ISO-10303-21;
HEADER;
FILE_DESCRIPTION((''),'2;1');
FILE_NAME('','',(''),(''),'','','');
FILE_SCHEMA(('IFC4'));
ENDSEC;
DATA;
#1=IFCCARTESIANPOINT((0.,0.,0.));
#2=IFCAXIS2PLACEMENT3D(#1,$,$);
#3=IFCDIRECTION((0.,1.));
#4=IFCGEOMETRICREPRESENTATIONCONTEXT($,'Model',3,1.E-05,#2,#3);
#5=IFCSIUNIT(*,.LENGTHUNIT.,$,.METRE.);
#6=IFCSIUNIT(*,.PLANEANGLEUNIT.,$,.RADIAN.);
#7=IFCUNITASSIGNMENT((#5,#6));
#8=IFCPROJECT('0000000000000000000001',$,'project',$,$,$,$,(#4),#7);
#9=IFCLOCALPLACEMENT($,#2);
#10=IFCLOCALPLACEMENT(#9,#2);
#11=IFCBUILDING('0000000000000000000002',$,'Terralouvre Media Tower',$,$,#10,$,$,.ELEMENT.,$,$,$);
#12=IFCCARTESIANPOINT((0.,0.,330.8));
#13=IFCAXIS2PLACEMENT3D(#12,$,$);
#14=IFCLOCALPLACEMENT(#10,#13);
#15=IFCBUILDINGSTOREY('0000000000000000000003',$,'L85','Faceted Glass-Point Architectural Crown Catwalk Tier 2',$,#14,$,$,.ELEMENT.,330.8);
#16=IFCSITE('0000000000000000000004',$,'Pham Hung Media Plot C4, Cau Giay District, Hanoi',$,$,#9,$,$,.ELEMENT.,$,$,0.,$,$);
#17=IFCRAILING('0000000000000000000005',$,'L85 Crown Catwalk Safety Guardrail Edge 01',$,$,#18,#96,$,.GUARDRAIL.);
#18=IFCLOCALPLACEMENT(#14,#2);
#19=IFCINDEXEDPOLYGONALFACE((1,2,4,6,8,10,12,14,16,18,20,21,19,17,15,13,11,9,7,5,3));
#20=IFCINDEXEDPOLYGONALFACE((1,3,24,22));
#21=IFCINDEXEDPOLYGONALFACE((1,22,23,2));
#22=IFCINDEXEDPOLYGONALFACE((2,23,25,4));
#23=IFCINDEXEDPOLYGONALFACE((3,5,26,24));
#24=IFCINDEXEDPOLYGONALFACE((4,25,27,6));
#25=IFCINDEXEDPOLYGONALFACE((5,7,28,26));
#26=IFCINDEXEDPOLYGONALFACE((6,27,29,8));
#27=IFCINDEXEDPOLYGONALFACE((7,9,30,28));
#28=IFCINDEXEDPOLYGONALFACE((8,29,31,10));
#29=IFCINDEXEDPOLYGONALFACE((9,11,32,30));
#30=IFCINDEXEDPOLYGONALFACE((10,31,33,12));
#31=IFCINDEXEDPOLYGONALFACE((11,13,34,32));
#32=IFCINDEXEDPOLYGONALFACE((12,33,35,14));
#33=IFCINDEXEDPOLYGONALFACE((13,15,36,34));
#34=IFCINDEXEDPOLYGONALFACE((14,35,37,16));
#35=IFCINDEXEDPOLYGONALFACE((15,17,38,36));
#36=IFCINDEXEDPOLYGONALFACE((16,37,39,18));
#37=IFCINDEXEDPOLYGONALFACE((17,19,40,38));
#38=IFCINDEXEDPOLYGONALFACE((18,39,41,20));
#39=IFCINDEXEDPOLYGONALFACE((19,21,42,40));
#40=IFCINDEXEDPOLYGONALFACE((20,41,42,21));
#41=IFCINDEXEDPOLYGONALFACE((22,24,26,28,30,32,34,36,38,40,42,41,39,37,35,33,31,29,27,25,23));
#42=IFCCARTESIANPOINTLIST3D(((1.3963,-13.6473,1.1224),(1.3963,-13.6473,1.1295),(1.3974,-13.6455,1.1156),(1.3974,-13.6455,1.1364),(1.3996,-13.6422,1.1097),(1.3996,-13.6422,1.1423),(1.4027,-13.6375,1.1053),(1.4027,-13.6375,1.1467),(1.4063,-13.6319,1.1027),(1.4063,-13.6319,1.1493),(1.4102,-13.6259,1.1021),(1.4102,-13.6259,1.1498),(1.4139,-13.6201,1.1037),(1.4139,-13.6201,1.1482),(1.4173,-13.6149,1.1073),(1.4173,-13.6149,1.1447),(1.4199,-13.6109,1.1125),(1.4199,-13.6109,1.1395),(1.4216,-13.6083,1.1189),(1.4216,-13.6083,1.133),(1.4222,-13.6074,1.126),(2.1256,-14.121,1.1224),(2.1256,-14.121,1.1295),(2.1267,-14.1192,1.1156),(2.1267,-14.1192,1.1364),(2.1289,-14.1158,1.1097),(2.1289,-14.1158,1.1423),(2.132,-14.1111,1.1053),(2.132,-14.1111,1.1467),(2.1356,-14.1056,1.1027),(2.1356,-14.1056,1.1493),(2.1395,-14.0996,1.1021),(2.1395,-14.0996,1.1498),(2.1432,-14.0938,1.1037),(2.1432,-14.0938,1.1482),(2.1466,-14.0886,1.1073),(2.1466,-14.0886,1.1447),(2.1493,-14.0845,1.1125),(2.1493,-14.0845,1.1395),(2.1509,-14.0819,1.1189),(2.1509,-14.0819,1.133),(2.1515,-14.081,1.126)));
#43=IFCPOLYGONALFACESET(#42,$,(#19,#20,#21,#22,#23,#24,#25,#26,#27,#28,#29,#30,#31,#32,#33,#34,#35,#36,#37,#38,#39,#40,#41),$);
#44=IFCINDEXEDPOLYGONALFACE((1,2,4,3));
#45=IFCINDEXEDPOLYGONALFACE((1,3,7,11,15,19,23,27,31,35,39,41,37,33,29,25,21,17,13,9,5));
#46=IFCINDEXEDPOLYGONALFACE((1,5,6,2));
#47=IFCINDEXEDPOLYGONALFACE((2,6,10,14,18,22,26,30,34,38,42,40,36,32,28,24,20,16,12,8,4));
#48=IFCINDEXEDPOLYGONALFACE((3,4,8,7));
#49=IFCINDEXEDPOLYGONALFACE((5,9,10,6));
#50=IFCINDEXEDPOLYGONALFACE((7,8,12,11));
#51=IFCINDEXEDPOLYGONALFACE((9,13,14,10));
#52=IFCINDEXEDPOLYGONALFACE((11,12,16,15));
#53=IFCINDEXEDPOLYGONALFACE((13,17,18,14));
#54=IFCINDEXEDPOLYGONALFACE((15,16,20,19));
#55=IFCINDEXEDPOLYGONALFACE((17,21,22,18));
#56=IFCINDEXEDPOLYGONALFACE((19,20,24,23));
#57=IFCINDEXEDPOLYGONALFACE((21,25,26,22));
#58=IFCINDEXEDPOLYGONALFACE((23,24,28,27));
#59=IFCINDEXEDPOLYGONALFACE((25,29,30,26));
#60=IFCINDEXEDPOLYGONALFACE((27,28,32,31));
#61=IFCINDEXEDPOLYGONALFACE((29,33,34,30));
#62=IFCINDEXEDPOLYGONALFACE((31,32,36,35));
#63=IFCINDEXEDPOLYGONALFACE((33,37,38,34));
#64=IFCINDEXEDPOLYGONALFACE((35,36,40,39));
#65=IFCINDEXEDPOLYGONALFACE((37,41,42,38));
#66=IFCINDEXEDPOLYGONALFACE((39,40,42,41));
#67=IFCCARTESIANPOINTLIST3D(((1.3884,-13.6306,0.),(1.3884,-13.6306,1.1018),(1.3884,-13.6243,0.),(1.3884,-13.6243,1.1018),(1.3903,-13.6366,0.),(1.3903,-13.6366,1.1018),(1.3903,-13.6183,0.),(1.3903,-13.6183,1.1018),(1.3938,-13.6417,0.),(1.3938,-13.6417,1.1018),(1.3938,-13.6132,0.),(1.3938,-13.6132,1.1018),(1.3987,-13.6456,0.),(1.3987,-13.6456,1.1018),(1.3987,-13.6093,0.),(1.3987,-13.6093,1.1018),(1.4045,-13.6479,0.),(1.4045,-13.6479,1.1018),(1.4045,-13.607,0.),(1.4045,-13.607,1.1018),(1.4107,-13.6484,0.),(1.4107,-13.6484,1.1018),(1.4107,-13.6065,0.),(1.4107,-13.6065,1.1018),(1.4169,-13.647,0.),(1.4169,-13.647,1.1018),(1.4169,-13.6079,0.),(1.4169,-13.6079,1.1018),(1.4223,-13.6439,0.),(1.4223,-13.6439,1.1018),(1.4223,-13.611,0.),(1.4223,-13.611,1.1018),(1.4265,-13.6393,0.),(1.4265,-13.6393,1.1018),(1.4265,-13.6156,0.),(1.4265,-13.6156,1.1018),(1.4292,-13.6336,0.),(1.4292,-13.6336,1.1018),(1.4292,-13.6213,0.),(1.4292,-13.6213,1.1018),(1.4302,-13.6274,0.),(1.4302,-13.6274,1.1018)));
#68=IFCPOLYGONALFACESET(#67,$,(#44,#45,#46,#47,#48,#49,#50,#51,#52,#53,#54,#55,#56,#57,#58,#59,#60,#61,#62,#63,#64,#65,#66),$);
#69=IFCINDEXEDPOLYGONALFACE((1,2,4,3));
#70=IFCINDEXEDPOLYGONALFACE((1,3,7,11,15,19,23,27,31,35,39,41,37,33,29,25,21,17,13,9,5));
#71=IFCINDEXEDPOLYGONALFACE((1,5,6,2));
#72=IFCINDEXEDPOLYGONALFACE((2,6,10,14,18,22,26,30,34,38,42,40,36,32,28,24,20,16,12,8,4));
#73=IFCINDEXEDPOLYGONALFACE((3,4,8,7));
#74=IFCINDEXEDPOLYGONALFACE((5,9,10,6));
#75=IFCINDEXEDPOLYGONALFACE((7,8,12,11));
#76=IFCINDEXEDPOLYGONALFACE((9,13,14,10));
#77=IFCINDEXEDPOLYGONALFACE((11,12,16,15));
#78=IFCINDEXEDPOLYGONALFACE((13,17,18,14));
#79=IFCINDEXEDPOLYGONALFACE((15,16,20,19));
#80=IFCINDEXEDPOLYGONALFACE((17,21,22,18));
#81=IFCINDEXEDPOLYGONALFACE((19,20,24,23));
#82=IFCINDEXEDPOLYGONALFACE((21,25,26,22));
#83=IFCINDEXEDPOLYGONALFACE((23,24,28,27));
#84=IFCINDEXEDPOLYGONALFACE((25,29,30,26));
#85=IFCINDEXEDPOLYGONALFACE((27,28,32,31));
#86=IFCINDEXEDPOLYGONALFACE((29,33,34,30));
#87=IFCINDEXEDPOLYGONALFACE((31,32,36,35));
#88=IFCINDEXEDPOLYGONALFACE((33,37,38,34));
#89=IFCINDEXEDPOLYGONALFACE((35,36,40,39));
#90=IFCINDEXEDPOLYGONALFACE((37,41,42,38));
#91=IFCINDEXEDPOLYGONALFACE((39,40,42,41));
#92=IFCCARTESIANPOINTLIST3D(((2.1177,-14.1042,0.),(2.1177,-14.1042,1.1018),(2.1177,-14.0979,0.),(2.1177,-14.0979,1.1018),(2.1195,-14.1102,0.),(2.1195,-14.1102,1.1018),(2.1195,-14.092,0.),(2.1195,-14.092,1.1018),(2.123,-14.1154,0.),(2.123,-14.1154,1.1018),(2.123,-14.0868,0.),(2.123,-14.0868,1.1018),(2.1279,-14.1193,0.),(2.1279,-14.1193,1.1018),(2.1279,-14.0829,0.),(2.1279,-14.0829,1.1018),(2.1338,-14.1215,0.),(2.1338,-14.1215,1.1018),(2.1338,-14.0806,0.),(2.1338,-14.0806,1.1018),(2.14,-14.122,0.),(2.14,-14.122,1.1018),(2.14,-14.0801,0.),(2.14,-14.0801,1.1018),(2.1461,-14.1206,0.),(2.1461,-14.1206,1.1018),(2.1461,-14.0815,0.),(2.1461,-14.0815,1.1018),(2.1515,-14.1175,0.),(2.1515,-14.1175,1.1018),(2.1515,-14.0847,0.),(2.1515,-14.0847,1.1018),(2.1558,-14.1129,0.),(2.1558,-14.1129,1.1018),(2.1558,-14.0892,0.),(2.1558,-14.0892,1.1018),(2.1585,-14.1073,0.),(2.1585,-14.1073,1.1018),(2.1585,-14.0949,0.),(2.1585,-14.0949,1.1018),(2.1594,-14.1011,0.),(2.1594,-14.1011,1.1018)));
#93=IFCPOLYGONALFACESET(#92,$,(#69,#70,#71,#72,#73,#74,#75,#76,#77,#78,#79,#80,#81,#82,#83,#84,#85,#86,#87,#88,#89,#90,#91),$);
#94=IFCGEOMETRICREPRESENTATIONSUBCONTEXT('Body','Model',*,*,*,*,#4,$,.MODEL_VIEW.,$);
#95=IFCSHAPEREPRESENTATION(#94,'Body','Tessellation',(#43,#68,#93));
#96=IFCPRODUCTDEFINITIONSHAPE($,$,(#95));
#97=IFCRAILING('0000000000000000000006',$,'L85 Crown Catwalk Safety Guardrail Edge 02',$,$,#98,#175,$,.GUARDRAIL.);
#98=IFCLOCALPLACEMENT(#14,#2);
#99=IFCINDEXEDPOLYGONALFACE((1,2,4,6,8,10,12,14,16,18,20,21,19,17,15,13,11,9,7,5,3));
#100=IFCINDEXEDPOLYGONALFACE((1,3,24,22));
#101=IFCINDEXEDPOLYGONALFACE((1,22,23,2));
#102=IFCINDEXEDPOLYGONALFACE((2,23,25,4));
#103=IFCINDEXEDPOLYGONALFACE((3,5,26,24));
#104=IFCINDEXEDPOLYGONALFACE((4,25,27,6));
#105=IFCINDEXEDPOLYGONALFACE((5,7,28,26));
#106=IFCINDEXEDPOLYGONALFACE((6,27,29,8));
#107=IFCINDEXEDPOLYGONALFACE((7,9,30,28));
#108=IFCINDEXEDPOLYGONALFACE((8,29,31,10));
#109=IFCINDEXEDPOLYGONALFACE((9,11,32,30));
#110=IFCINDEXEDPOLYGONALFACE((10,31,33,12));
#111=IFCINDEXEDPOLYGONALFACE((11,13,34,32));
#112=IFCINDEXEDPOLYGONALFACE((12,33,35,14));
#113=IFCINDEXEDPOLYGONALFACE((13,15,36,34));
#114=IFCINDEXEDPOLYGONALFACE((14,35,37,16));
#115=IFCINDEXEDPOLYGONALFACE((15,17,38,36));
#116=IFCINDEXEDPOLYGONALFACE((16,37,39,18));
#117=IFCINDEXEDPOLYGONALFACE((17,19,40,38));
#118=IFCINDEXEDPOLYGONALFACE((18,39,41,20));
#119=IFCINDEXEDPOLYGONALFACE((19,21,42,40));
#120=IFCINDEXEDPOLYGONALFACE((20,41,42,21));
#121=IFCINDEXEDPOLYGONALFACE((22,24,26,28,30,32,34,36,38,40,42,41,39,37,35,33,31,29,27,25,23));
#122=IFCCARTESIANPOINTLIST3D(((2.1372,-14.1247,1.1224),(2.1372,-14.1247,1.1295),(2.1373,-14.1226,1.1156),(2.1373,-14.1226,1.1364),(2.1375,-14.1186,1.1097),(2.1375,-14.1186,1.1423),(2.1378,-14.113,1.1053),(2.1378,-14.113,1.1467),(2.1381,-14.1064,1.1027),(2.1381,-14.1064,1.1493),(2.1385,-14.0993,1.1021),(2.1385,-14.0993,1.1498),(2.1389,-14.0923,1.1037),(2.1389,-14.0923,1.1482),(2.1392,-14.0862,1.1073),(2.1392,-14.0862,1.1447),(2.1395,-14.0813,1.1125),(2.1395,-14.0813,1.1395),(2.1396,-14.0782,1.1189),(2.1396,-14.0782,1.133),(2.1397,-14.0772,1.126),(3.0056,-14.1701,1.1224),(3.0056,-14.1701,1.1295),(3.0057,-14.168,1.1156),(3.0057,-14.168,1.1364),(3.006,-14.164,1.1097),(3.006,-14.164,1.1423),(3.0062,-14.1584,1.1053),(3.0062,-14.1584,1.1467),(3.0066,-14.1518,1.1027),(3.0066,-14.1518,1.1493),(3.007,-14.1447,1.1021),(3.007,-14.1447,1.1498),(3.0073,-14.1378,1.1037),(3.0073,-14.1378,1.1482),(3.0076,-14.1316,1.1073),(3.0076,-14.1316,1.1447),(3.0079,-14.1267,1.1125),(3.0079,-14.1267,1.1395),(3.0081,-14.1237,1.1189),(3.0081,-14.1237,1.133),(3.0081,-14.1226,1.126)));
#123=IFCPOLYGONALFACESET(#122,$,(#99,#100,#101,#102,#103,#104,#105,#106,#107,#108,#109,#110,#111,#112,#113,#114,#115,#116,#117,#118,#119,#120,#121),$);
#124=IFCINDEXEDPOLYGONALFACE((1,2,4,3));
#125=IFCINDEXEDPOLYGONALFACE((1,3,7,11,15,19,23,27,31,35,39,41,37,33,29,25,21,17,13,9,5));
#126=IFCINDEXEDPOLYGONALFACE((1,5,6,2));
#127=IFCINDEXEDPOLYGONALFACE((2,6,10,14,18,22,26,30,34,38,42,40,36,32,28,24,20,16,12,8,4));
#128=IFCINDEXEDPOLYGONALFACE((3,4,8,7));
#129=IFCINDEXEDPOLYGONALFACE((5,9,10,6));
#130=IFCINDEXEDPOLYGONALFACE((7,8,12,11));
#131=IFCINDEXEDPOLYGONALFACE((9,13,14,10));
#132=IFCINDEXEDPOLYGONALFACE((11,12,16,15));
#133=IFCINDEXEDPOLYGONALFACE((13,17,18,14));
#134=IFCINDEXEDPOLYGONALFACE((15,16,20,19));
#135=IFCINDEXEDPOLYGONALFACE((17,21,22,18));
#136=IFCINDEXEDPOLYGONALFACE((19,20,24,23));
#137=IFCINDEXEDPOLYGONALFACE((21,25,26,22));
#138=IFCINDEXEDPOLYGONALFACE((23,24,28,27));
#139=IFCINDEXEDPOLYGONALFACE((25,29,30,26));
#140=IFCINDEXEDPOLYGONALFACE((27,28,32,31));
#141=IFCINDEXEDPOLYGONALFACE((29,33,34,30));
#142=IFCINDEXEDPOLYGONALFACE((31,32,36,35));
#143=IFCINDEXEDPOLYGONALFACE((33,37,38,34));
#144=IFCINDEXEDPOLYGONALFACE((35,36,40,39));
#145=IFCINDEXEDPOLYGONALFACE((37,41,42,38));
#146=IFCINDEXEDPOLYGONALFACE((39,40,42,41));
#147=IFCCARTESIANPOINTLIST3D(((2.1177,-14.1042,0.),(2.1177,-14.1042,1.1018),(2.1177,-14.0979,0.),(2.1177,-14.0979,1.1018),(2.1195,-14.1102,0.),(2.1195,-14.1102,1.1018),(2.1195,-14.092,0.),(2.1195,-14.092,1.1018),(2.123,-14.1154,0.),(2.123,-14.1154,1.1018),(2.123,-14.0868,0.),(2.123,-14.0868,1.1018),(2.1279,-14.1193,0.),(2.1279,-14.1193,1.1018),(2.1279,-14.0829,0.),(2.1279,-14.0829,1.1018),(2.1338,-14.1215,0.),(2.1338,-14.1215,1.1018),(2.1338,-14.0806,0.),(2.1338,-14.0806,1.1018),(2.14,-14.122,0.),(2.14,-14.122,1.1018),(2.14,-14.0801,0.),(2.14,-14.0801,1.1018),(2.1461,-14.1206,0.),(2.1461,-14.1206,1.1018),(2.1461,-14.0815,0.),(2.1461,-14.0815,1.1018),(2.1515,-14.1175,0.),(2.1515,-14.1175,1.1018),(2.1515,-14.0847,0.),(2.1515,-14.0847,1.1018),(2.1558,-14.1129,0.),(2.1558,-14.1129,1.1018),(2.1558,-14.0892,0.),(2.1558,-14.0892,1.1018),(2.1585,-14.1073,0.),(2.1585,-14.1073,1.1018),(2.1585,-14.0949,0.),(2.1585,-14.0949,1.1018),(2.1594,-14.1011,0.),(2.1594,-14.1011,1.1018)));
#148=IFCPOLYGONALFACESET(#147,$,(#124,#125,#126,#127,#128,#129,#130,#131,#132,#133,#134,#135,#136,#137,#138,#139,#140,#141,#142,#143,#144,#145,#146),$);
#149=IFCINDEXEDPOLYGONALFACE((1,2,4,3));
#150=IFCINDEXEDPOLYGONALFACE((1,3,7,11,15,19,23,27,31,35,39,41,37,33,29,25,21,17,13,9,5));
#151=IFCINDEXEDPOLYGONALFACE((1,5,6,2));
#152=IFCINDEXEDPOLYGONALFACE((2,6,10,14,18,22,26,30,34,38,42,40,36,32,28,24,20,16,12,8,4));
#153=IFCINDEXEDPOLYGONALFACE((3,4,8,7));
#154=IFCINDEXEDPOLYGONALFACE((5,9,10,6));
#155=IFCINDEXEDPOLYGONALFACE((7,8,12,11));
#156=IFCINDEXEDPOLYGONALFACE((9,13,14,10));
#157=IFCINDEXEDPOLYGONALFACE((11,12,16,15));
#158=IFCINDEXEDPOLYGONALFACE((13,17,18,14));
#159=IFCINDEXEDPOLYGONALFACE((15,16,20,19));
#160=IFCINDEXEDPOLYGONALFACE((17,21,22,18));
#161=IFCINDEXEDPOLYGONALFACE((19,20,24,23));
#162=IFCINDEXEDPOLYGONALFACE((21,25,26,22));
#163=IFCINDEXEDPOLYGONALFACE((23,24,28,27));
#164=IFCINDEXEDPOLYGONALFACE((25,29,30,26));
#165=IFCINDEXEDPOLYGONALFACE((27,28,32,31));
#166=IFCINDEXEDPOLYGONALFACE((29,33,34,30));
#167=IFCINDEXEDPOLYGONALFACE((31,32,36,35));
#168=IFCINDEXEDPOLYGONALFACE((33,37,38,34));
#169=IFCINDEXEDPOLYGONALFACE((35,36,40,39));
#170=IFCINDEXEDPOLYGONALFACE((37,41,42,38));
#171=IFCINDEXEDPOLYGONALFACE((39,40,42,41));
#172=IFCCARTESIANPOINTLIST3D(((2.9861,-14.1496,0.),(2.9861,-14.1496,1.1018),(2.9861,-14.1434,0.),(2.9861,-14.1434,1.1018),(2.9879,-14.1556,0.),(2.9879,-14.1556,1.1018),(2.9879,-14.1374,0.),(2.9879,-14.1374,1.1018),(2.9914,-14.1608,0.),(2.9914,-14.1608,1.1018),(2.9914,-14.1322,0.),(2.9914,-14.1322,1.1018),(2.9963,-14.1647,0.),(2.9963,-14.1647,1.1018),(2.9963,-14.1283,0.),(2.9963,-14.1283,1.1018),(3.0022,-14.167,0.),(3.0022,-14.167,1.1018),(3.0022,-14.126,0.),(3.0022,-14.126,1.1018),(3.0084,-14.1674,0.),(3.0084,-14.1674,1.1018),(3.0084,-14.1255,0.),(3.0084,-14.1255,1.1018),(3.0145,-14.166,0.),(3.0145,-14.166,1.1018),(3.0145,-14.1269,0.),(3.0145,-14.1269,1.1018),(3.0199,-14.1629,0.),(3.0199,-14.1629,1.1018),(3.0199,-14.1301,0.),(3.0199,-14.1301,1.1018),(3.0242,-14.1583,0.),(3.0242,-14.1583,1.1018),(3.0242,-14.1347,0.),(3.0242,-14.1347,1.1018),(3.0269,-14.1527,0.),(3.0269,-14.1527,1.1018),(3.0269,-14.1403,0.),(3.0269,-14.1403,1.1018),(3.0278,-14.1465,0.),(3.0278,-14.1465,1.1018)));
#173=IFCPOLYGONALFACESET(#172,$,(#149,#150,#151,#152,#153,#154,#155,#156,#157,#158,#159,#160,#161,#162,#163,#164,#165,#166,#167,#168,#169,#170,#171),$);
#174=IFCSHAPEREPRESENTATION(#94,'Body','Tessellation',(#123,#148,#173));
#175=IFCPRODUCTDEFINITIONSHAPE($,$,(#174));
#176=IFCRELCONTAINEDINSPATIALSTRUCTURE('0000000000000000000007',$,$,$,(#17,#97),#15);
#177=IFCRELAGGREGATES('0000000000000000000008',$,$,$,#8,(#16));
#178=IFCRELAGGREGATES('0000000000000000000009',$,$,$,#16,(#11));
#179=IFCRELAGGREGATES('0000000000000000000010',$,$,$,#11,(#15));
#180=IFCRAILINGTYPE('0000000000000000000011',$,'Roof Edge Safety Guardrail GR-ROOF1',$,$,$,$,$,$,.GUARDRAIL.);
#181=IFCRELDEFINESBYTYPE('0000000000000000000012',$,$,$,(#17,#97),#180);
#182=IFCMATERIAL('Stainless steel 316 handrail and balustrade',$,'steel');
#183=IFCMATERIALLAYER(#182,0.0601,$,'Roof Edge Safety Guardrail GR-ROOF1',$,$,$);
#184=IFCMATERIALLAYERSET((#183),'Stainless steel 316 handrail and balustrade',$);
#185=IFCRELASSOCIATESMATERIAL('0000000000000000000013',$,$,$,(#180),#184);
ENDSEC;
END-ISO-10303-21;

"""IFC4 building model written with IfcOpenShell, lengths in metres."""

from ifc_helpers import new_model, si_unit, direction, frame, origin, origin_2d, place, context, subcontext, project, spatial, circle, extrude, material, layer, layer_set, type_object, element, save


model = new_model("IFC4")

# Units and contexts
model_context = context("Model", 3, precision=1e-05, world=origin(), true_north=direction((0.0, 1.0)))
body_context = subcontext(model_context, "Body", "Model", "MODEL_VIEW")
ifc_project = project(units=[si_unit("LENGTHUNIT", "METRE"), si_unit("PLANEANGLEUNIT", "RADIAN")], contexts=[model_context])

# Site, building, storey
site_placement = place(None, origin())
site = spatial("IfcSite", under=ifc_project, at=site_placement, Name="Pham Hung Media Plot C4, Cau Giay District, Hanoi", CompositionType="ELEMENT", RefElevation=0.0)
building_placement = place(site_placement, origin())
building = spatial("IfcBuilding", under=site, at=building_placement, Name="Terralouvre Media Tower", CompositionType="ELEMENT")
storey_placement = place(building_placement, frame((0.0, 0.0, 330.8)))
storey = spatial("IfcBuildingStorey", under=building, at=storey_placement, Name="L85", Description="Faceted Glass-Point Architectural Crown Catwalk Tier 2", CompositionType="ELEMENT", Elevation=330.8)

# Railings
ifc_material_1 = material(Name="Stainless steel 316 handrail and balustrade", Category="steel")
ifc_layer_1 = layer(ifc_material_1, 0.0601, Name="Roof Edge Safety Guardrail GR-ROOF1")
ifc_layer_set_1 = layer_set([ifc_layer_1], Name="Stainless steel 316 handrail and balustrade")
railing_type = type_object("IfcRailingType", Name="Roof Edge Safety Guardrail GR-ROOF1", PredefinedType="GUARDRAIL", material=ifc_layer_set_1)
railing_1_placement = place(storey_placement, frame((1.4092, -13.6274, 0.0)))
element("IfcRailing", 1, at=railing_1_placement, inside=storey, type_object=railing_type, Name="L85 Crown Catwalk Safety Guardrail Edge 01", PredefinedType="GUARDRAIL", context=body_context, shape_type="SweptSolid", body=[
    extrude(circle(Radius=0.0239, at=origin_2d()), frame((0.0, 0.0, 1.126), z_axis=(0.838642, -0.544682, 0.0), x_axis=(0.544682, 0.838642, 0.0)), (0.0, 0.0, 1.0), 0.8696),
    extrude(circle(Radius=0.021, at=origin_2d()), origin(), (0.0, 0.0, 1.0), 1.1018),
    extrude(circle(Radius=0.021, at=origin_2d()), frame((0.7292, -0.4736, 0.0)), (0.0, 0.0, 1.0), 1.1018),
])
railing_2_placement = place(storey_placement, frame((2.1384, -14.1011, 0.0)))
element("IfcRailing", 2, at=railing_2_placement, inside=storey, type_object=railing_type, Name="L85 Crown Catwalk Safety Guardrail Edge 02", PredefinedType="GUARDRAIL", context=body_context, shape_type="SweptSolid", body=[
    extrude(circle(Radius=0.0239, at=origin_2d()), frame((0.0, 0.0, 1.126), z_axis=(0.998636, -0.05222, 0.0), x_axis=(0.05222, 0.998636, 0.0)), (0.0, 0.0, 1.0), 0.8696),
    extrude(circle(Radius=0.021, at=origin_2d()), origin(), (0.0, 0.0, 1.0), 1.1018),
    extrude(circle(Radius=0.021, at=origin_2d()), frame((0.8684, -0.0454, 0.0)), (0.0, 0.0, 1.0), 1.1018),
])

save(model, "model.ifc")
